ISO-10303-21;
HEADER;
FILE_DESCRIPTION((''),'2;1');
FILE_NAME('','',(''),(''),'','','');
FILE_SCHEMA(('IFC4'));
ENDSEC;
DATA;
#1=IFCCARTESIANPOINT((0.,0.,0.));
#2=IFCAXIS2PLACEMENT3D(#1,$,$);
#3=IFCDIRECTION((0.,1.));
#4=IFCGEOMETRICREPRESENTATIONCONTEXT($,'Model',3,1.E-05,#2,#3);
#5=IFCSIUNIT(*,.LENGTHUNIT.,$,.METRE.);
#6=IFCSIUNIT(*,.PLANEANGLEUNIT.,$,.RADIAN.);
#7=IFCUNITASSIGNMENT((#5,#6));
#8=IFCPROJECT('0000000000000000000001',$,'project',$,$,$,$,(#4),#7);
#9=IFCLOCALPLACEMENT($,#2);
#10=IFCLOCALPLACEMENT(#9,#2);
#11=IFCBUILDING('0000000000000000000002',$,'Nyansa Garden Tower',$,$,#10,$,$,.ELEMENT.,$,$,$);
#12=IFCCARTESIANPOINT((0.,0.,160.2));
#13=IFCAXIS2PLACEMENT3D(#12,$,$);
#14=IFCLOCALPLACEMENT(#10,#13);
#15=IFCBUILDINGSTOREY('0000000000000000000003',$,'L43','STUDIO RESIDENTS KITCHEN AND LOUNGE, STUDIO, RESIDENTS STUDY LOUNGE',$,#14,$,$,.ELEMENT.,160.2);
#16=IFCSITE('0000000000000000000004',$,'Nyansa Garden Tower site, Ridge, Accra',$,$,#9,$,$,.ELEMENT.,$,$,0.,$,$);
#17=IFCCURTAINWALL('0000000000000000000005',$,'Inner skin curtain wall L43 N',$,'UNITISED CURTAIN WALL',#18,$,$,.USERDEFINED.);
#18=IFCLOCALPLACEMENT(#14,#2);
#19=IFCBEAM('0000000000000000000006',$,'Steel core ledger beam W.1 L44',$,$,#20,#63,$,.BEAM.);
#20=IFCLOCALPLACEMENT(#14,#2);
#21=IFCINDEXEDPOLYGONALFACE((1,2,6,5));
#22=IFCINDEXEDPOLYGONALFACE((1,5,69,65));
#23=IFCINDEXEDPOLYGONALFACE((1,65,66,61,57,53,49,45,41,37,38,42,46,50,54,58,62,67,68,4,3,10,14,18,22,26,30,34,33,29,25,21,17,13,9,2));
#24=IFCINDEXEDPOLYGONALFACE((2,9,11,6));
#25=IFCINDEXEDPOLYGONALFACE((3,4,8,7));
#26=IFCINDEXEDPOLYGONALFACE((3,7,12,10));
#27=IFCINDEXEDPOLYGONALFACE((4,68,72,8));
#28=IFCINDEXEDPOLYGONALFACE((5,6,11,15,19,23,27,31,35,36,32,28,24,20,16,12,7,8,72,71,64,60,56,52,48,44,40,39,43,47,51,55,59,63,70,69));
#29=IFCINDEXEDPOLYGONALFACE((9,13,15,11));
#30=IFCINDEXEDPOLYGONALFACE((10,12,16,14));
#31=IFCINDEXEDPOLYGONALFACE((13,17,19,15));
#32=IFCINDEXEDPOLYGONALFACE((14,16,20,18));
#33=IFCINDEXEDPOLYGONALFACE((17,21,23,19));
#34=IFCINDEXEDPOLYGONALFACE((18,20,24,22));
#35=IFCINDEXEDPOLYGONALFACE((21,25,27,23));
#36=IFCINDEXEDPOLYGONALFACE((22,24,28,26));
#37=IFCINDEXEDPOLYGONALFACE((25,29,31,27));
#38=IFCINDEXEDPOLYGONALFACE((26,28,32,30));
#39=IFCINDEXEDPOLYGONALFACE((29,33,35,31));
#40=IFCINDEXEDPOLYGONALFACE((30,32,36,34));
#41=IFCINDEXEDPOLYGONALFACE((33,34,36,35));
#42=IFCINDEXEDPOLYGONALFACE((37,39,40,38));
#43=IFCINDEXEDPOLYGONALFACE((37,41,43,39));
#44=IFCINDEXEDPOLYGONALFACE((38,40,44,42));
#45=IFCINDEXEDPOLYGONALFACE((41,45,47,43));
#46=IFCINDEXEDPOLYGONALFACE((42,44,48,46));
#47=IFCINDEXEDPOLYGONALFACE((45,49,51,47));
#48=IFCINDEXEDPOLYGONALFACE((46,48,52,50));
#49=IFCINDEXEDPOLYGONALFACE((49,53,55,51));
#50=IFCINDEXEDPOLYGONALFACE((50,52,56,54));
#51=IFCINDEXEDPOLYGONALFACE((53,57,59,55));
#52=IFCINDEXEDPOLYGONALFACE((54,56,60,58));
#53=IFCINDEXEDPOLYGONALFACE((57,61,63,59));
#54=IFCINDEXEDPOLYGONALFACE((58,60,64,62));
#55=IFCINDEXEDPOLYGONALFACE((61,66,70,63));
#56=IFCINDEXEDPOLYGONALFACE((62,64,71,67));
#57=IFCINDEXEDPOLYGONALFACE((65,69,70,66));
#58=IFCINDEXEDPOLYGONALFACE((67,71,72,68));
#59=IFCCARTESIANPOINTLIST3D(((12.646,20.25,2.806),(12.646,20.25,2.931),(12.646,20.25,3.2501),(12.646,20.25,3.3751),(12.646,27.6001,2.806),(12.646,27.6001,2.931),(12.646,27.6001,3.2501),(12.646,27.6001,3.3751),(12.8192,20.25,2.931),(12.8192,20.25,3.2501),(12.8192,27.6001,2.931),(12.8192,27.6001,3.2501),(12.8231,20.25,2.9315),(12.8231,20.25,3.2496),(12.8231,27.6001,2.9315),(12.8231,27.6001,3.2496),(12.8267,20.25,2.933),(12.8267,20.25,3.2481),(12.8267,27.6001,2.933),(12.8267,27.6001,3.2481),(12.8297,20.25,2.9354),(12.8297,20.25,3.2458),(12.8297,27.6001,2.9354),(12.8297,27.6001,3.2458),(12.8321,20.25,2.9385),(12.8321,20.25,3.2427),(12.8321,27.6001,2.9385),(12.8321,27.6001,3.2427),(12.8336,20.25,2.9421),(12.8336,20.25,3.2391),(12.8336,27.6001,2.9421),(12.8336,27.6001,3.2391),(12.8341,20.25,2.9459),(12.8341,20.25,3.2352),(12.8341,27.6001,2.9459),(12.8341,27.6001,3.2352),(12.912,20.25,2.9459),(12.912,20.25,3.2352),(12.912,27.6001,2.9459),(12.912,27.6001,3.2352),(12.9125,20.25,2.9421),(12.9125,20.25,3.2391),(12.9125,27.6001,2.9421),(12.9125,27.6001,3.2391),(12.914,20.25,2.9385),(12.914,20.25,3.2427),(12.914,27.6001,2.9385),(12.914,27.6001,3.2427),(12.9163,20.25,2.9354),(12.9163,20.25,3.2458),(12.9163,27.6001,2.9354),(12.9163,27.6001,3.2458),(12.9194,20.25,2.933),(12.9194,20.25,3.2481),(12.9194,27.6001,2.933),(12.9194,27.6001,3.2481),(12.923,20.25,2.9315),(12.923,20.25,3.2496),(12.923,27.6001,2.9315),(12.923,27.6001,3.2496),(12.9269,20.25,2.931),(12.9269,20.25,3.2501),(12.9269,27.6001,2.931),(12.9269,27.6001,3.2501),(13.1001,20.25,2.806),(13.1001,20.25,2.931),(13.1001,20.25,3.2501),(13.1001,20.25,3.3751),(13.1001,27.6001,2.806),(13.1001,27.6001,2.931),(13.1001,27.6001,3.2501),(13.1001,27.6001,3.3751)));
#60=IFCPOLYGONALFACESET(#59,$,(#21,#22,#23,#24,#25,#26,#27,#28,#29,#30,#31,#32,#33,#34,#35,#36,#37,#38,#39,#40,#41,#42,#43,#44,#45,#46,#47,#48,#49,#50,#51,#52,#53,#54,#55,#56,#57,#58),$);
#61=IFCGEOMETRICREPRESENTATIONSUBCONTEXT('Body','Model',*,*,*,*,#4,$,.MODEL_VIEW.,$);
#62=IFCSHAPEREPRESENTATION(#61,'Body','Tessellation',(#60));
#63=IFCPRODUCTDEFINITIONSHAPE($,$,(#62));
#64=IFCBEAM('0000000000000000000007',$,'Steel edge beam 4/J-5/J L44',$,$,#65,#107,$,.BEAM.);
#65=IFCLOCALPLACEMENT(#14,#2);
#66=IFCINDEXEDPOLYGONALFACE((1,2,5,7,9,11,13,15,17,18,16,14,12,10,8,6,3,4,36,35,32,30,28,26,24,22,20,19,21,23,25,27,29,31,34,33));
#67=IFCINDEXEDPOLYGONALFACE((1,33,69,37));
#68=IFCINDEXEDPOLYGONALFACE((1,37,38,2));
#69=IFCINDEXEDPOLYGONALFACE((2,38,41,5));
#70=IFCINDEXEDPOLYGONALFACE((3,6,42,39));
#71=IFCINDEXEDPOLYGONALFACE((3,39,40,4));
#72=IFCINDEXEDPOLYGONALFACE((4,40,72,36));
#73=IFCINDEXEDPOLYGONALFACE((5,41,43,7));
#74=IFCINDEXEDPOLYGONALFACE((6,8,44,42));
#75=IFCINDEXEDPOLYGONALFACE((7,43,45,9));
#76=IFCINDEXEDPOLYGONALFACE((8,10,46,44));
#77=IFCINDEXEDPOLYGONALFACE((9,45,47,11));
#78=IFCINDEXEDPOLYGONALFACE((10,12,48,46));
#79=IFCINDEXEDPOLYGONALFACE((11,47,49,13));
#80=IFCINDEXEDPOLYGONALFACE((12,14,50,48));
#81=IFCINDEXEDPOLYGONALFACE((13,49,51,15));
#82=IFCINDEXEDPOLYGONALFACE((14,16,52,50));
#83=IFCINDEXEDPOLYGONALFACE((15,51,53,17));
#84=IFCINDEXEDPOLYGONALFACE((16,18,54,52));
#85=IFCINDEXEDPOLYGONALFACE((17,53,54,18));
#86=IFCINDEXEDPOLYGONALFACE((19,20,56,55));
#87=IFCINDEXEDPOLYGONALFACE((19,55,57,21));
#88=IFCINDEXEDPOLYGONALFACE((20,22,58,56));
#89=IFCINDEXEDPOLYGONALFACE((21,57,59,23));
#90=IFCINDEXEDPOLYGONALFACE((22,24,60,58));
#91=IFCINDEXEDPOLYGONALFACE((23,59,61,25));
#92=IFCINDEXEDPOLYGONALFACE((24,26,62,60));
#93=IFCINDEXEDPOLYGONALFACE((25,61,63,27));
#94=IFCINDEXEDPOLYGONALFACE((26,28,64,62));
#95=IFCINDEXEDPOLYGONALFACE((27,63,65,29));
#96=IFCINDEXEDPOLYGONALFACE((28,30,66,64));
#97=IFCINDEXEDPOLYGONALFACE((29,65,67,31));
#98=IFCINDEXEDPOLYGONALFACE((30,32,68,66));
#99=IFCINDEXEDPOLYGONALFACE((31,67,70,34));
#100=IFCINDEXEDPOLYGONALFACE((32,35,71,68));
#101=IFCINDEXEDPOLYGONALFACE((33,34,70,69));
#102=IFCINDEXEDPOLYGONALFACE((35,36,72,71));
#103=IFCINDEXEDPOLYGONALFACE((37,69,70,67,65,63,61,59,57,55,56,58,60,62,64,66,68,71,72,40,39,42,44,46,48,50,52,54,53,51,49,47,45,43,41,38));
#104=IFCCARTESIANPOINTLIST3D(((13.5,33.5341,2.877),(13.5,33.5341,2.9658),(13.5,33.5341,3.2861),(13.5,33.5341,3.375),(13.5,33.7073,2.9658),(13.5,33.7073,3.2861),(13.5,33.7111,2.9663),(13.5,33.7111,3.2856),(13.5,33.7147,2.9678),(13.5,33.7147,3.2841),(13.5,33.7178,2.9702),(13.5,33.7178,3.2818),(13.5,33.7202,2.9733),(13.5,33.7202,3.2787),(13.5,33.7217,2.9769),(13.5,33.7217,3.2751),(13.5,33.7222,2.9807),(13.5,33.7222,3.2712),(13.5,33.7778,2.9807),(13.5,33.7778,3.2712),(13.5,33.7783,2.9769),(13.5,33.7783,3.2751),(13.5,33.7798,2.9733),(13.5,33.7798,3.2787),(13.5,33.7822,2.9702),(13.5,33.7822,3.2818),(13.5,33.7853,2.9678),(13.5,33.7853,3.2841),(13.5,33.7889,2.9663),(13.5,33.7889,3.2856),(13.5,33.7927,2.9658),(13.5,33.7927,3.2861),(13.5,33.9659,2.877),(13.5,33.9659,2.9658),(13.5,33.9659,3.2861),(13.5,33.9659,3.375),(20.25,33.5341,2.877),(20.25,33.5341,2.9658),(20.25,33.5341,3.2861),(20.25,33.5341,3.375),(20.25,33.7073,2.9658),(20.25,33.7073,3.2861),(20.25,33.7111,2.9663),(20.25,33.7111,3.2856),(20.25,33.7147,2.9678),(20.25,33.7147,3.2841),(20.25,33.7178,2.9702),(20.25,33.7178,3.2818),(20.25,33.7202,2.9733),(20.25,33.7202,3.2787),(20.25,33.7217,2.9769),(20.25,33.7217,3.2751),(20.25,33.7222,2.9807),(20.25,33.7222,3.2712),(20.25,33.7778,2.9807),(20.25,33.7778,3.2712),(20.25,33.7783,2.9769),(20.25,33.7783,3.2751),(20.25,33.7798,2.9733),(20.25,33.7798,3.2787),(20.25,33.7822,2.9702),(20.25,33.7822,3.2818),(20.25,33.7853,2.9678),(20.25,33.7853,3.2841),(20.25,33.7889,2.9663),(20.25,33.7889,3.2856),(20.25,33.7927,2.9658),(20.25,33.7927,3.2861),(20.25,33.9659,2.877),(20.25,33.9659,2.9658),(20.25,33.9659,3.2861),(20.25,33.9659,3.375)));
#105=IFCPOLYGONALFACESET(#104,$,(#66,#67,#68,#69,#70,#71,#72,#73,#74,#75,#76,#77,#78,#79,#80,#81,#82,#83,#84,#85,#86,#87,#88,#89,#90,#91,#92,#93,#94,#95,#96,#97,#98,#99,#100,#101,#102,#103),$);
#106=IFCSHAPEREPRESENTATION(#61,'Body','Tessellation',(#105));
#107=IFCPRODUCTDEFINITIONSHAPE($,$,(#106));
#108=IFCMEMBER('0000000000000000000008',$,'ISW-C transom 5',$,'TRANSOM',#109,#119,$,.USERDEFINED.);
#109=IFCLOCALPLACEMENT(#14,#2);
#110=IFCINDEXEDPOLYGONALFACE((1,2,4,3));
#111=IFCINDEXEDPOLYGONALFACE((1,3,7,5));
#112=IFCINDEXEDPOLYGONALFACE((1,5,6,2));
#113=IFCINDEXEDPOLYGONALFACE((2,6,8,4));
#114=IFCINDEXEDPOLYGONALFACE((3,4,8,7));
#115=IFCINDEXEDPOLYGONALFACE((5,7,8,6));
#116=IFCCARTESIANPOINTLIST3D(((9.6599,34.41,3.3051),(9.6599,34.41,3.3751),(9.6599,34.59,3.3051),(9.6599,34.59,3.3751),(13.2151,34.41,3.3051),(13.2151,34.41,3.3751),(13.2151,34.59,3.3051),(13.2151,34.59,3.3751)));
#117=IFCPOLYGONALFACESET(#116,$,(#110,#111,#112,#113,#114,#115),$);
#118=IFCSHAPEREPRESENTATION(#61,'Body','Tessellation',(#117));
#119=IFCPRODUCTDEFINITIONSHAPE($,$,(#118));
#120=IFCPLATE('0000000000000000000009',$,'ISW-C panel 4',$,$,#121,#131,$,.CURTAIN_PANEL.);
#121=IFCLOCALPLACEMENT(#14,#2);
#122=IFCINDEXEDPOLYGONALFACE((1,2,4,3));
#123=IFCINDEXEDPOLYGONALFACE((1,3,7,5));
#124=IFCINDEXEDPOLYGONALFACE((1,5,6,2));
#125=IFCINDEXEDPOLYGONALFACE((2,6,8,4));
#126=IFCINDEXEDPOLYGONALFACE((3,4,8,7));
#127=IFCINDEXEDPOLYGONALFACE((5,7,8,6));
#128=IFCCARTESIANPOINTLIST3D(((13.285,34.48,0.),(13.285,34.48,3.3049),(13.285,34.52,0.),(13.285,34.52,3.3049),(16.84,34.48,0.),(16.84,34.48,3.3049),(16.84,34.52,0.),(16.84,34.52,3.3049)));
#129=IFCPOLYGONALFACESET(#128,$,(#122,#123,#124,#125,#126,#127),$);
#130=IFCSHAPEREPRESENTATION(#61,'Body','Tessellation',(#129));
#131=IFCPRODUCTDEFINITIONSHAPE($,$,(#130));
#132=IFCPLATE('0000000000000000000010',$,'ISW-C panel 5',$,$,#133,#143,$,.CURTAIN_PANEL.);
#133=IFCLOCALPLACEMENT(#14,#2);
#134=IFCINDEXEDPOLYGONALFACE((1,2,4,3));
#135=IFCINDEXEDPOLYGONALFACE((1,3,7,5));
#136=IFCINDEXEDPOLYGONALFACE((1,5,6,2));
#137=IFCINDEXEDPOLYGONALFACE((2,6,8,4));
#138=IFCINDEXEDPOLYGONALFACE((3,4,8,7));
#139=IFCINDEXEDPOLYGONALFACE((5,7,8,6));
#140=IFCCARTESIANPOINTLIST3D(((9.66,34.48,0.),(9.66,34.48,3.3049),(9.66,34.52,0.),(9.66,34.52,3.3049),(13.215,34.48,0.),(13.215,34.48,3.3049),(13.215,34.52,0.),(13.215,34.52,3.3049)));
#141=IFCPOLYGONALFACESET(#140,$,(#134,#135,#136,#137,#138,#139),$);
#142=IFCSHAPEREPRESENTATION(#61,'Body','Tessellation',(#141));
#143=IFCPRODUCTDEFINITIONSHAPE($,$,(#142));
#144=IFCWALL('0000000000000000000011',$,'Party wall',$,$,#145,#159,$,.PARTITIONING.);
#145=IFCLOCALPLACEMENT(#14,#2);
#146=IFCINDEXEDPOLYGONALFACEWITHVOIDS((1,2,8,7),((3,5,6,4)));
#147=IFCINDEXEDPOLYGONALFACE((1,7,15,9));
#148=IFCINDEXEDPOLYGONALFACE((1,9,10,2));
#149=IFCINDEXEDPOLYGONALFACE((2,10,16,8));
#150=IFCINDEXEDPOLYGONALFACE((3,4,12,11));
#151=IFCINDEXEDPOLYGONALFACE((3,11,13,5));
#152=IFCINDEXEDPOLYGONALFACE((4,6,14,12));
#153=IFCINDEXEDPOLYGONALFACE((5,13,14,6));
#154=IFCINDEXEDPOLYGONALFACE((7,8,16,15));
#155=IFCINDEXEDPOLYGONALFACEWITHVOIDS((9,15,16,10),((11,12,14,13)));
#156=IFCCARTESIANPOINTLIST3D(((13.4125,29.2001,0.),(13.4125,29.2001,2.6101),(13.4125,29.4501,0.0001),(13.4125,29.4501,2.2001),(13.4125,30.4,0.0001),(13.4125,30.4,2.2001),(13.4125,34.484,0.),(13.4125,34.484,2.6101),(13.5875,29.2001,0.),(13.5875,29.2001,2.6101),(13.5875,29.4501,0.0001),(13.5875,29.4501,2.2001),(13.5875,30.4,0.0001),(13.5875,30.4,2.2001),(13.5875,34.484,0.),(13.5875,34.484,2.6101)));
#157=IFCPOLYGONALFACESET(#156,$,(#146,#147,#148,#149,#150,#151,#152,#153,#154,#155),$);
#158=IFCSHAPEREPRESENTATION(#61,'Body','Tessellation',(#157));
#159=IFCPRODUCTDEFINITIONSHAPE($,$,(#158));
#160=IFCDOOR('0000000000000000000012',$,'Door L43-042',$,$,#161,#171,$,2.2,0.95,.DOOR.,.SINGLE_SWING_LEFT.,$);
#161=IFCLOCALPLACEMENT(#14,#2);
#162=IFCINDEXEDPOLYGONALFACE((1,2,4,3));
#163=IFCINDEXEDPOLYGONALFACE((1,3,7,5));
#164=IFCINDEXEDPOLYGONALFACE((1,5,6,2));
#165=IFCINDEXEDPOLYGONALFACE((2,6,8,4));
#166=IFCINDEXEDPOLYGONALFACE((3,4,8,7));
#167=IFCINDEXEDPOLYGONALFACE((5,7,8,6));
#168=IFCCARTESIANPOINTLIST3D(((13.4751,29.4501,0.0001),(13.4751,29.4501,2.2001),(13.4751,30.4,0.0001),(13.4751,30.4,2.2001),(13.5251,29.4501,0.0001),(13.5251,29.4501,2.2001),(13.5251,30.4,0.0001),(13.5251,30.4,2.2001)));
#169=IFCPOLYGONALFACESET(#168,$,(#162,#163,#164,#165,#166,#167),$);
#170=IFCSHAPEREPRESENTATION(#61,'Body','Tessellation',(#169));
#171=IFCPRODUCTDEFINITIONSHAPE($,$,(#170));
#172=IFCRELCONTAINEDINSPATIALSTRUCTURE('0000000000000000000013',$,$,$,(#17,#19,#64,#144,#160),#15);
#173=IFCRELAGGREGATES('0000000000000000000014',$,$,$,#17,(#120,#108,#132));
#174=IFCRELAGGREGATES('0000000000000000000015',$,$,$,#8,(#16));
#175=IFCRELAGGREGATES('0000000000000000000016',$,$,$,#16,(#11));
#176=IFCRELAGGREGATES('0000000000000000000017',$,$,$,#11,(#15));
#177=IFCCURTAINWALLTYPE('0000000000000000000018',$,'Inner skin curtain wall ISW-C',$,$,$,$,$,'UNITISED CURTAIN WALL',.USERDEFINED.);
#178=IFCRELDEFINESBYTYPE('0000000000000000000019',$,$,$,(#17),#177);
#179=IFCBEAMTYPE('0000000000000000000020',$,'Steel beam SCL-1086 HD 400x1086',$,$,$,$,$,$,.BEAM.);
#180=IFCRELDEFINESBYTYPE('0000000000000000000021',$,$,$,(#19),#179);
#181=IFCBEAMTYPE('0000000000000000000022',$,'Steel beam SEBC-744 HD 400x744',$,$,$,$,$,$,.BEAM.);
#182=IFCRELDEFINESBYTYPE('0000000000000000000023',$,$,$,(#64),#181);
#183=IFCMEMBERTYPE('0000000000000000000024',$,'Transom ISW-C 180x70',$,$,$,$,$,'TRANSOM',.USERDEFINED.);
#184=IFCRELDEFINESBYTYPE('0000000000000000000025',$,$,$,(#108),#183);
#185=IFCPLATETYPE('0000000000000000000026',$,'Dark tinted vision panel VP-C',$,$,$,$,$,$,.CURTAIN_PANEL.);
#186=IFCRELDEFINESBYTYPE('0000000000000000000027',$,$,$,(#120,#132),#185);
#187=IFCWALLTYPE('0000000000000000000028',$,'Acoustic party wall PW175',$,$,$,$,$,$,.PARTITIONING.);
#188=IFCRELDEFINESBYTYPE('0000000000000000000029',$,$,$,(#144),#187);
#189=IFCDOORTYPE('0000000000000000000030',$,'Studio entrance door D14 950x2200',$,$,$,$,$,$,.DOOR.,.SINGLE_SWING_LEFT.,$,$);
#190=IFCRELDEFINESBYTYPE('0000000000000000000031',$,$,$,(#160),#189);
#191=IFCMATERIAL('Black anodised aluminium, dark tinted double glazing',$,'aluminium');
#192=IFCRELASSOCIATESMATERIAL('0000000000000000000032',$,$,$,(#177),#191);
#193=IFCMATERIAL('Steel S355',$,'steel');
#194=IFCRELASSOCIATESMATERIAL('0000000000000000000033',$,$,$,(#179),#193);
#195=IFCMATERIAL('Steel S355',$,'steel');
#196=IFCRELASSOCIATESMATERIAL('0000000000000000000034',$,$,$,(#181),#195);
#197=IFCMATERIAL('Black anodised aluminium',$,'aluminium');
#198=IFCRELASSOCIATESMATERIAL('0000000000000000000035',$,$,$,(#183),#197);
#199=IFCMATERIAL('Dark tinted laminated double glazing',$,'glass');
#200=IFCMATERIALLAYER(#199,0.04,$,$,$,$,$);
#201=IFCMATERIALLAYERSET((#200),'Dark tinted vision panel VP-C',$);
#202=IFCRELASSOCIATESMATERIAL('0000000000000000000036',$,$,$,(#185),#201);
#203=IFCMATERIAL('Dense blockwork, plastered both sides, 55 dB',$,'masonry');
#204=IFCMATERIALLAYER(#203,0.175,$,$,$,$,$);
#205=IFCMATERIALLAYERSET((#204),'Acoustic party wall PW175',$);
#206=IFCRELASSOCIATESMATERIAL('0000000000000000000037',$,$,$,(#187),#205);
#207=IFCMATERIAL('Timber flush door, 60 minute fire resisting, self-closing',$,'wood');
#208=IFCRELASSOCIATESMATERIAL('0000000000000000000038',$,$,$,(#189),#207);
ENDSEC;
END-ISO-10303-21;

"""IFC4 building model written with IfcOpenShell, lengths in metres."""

from ifc_helpers import new_model, si_unit, direction, frame, frame_2d, origin, origin_2d, place, context, subcontext, project, spatial, rectangle, i_section, extrude, material, layer, layer_set, material_profile, profile_set, type_object, element, fill, aggregate, save


model = new_model("IFC4")

# Units and contexts
model_context = context("Model", 3, precision=1e-05, world=origin(), true_north=direction((0.0, 1.0)))
body_context = subcontext(model_context, "Body", "Model", "MODEL_VIEW")
ifc_project = project(units=[si_unit("LENGTHUNIT", "METRE"), si_unit("PLANEANGLEUNIT", "RADIAN")], contexts=[model_context])

# Site, building, storey
site_placement = place(None, origin())
site = spatial("IfcSite", under=ifc_project, at=site_placement, Name="Nyansa Garden Tower site, Ridge, Accra", CompositionType="ELEMENT", RefElevation=0.0)
building_placement = place(site_placement, origin())
building = spatial("IfcBuilding", under=site, at=building_placement, Name="Nyansa Garden Tower", CompositionType="ELEMENT")
storey_placement = place(building_placement, frame((0.0, 0.0, 160.2)))
storey = spatial("IfcBuildingStorey", under=building, at=storey_placement, Name="L43", Description="STUDIO RESIDENTS KITCHEN AND LOUNGE, STUDIO, RESIDENTS STUDY LOUNGE", CompositionType="ELEMENT", Elevation=160.2)

# Curtain wall
ifc_material_1 = material(Name="Black anodised aluminium, dark tinted double glazing", Category="aluminium")
curtain_wall_type = type_object("IfcCurtainWallType", Name="Inner skin curtain wall ISW-C", ElementType="UNITISED CURTAIN WALL", PredefinedType="USERDEFINED", material=ifc_material_1)
curtain_wall_placement = place(storey_placement, origin())
curtain_wall = element("IfcCurtainWall", 1, at=curtain_wall_placement, inside=storey, type_object=curtain_wall_type, Name="Inner skin curtain wall L43 N", ObjectType="UNITISED CURTAIN WALL", PredefinedType="USERDEFINED")

# Beams
ifc_material_2 = material(Name="Steel S355", Category="steel")
ifc_material_profile_1 = material_profile(ifc_material_2, i_section(OverallWidth=0.4541, OverallDepth=0.5691, WebThickness=0.0779, FlangeThickness=0.125, FilletRadius=0.0149, at=origin_2d()), Name="HD 400x1086")
ifc_profile_set_1 = profile_set([ifc_material_profile_1], Name="Steel S355")
beam_type_1 = type_object("IfcBeamType", Name="Steel beam SCL-1086 HD 400x1086", PredefinedType="BEAM", material=ifc_profile_set_1)
beam_1_placement = place(storey_placement, frame((12.873, 27.6001, 3.0906), z_axis=(0.0, -1.0, 0.0), x_axis=(1.0, 0.0, 0.0)))
element("IfcBeam", 2, at=beam_1_placement, inside=storey, type_object=beam_type_1, Name="Steel core ledger beam W.1 L44", PredefinedType="BEAM", context=body_context, shape_type="SweptSolid", body=[
    extrude(i_section(OverallWidth=0.4541, OverallDepth=0.5691, WebThickness=0.0779, FlangeThickness=0.125, FilletRadius=0.0149, at=origin_2d()), origin(), (0.0, 0.0, 1.0), 7.3501),
])
ifc_material_3 = material(Name="Steel S355", Category="steel")
ifc_material_profile_2 = material_profile(ifc_material_3, i_section(OverallWidth=0.4319, OverallDepth=0.498, WebThickness=0.0557, FlangeThickness=0.0889, FilletRadius=0.0149, at=origin_2d()), Name="HD 400x744")
ifc_profile_set_2 = profile_set([ifc_material_profile_2], Name="Steel S355")
beam_type_2 = type_object("IfcBeamType", Name="Steel beam SEBC-744 HD 400x744", PredefinedType="BEAM", material=ifc_profile_set_2)
beam_2_placement = place(storey_placement, frame((13.5, 33.75, 3.126), z_axis=(1.0, 0.0, 0.0), x_axis=(0.0, 1.0, 0.0)))
element("IfcBeam", 3, at=beam_2_placement, inside=storey, type_object=beam_type_2, Name="Steel edge beam 4/J-5/J L44", PredefinedType="BEAM", context=body_context, shape_type="SweptSolid", body=[
    extrude(i_section(OverallWidth=0.4319, OverallDepth=0.498, WebThickness=0.0557, FlangeThickness=0.0889, FilletRadius=0.0149, at=origin_2d()), origin(), (0.0, 0.0, 1.0), 6.75),
])

# Member
ifc_material_4 = material(Name="Black anodised aluminium", Category="aluminium")
ifc_material_profile_3 = material_profile(ifc_material_4, rectangle(XDim=0.1799, YDim=0.0701, at=origin_2d()), Name="Transom 180x70")
ifc_profile_set_3 = profile_set([ifc_material_profile_3], Name="Black anodised aluminium")
member_type_1 = type_object("IfcMemberType", Name="Transom ISW-C 180x70", ElementType="TRANSOM", PredefinedType="USERDEFINED", material=ifc_profile_set_3)
member_1_placement = place(storey_placement, frame((13.2151, 34.5, 3.3401), z_axis=(-1.0, 0.0, 0.0), x_axis=(0.0, -1.0, 0.0)))
member_1 = element("IfcMember", 4, at=member_1_placement, type_object=member_type_1, Name="ISW-C transom 5", ObjectType="TRANSOM", PredefinedType="USERDEFINED", context=body_context, shape_type="SweptSolid", body=[
    extrude(rectangle(XDim=0.1799, YDim=0.0701, at=origin_2d()), origin(), (0.0, 0.0, 1.0), 3.5552),
])

# Plates
ifc_material_5 = material(Name="Dark tinted laminated double glazing", Category="glass")
ifc_layer_1 = layer(ifc_material_5, 0.04)
ifc_layer_set_1 = layer_set([ifc_layer_1], Name="Dark tinted vision panel VP-C")
plate_type = type_object("IfcPlateType", Name="Dark tinted vision panel VP-C", PredefinedType="CURTAIN_PANEL", material=ifc_layer_set_1)
plate_1_placement = place(storey_placement, frame((15.0625, 34.5, 0.0), z_axis=(0.0, 0.0, 1.0), x_axis=(-1.0, 0.0, 0.0)))
plate_1 = element("IfcPlate", 5, at=plate_1_placement, type_object=plate_type, Name="ISW-C panel 4", PredefinedType="CURTAIN_PANEL", context=body_context, shape_type="SweptSolid", body=[
    extrude(rectangle(XDim=3.5549, YDim=0.04, at=origin_2d()), origin(), (0.0, 0.0, 1.0), 3.3049),
])
plate_2_placement = place(storey_placement, frame((11.4375, 34.5, 0.0), z_axis=(0.0, 0.0, 1.0), x_axis=(-1.0, 0.0, 0.0)))
plate_2 = element("IfcPlate", 6, at=plate_2_placement, type_object=plate_type, Name="ISW-C panel 5", PredefinedType="CURTAIN_PANEL", context=body_context, shape_type="SweptSolid", body=[
    extrude(rectangle(XDim=3.5549, YDim=0.04, at=origin_2d()), origin(), (0.0, 0.0, 1.0), 3.3049),
])
aggregate(curtain_wall, [plate_1, member_1, plate_2])

# Wall, opening, door
ifc_material_6 = material(Name="Dense blockwork, plastered both sides, 55 dB", Category="masonry")
ifc_layer_2 = layer(ifc_material_6, 0.175)
ifc_layer_set_2 = layer_set([ifc_layer_2], Name="Acoustic party wall PW175")
wall_type_1 = type_object("IfcWallType", Name="Acoustic party wall PW175", PredefinedType="PARTITIONING", material=ifc_layer_set_2)
wall_1_placement = place(storey_placement, frame((13.5, 29.2, 0.0), z_axis=(0.0, 0.0, 1.0), x_axis=(0.0, 1.0, 0.0)))
wall_1 = element("IfcWall", 7, at=wall_1_placement, inside=storey, type_object=wall_type_1, Name="Party wall", PredefinedType="PARTITIONING", context=body_context, shape_type="SweptSolid", body=[
    extrude(rectangle(XDim=5.2839, YDim=0.175, at=frame_2d((2.6421, 0.0))), origin(), (0.0, 0.0, 1.0), 2.6101),
])
opening_1_placement = place(wall_1_placement, frame((0.25, 0.0, 0.0)))
opening_1 = element("IfcOpeningElement", 8, at=opening_1_placement, cuts=wall_1, PredefinedType="OPENING", context=body_context, shape_type="SweptSolid", body=[
    extrude(rectangle(XDim=0.95, YDim=2.2, at=frame_2d((0.4751, 1.1001))), frame((0.0, 0.0974, 0.0), z_axis=(0.0, -1.0, 0.0), x_axis=(1.0, 0.0, 0.0)), (0.0, 0.0, 1.0), 0.1951),
])
ifc_material_7 = material(Name="Timber flush door, 60 minute fire resisting, self-closing", Category="wood")
door_type_1 = type_object("IfcDoorType", Name="Studio entrance door D14 950x2200", OperationType="SINGLE_SWING_LEFT", PredefinedType="DOOR", material=ifc_material_7)
door_1_placement = place(opening_1_placement, origin())
door_1 = element("IfcDoor", 9, at=door_1_placement, inside=storey, type_object=door_type_1, Name="Door L43-042", OperationType="SINGLE_SWING_LEFT", OverallHeight=2.2, OverallWidth=0.95, PredefinedType="DOOR", context=body_context, shape_type="SweptSolid", body=[
    extrude(rectangle(XDim=0.95, YDim=2.2, at=frame_2d((0.4751, 1.1001))), frame((0.0, 0.0249, 0.0), z_axis=(0.0, -1.0, 0.0), x_axis=(1.0, 0.0, 0.0)), (0.0, 0.0, 1.0), 0.05),
])
fill(opening_1, door_1)

save(model, "model.ifc")
